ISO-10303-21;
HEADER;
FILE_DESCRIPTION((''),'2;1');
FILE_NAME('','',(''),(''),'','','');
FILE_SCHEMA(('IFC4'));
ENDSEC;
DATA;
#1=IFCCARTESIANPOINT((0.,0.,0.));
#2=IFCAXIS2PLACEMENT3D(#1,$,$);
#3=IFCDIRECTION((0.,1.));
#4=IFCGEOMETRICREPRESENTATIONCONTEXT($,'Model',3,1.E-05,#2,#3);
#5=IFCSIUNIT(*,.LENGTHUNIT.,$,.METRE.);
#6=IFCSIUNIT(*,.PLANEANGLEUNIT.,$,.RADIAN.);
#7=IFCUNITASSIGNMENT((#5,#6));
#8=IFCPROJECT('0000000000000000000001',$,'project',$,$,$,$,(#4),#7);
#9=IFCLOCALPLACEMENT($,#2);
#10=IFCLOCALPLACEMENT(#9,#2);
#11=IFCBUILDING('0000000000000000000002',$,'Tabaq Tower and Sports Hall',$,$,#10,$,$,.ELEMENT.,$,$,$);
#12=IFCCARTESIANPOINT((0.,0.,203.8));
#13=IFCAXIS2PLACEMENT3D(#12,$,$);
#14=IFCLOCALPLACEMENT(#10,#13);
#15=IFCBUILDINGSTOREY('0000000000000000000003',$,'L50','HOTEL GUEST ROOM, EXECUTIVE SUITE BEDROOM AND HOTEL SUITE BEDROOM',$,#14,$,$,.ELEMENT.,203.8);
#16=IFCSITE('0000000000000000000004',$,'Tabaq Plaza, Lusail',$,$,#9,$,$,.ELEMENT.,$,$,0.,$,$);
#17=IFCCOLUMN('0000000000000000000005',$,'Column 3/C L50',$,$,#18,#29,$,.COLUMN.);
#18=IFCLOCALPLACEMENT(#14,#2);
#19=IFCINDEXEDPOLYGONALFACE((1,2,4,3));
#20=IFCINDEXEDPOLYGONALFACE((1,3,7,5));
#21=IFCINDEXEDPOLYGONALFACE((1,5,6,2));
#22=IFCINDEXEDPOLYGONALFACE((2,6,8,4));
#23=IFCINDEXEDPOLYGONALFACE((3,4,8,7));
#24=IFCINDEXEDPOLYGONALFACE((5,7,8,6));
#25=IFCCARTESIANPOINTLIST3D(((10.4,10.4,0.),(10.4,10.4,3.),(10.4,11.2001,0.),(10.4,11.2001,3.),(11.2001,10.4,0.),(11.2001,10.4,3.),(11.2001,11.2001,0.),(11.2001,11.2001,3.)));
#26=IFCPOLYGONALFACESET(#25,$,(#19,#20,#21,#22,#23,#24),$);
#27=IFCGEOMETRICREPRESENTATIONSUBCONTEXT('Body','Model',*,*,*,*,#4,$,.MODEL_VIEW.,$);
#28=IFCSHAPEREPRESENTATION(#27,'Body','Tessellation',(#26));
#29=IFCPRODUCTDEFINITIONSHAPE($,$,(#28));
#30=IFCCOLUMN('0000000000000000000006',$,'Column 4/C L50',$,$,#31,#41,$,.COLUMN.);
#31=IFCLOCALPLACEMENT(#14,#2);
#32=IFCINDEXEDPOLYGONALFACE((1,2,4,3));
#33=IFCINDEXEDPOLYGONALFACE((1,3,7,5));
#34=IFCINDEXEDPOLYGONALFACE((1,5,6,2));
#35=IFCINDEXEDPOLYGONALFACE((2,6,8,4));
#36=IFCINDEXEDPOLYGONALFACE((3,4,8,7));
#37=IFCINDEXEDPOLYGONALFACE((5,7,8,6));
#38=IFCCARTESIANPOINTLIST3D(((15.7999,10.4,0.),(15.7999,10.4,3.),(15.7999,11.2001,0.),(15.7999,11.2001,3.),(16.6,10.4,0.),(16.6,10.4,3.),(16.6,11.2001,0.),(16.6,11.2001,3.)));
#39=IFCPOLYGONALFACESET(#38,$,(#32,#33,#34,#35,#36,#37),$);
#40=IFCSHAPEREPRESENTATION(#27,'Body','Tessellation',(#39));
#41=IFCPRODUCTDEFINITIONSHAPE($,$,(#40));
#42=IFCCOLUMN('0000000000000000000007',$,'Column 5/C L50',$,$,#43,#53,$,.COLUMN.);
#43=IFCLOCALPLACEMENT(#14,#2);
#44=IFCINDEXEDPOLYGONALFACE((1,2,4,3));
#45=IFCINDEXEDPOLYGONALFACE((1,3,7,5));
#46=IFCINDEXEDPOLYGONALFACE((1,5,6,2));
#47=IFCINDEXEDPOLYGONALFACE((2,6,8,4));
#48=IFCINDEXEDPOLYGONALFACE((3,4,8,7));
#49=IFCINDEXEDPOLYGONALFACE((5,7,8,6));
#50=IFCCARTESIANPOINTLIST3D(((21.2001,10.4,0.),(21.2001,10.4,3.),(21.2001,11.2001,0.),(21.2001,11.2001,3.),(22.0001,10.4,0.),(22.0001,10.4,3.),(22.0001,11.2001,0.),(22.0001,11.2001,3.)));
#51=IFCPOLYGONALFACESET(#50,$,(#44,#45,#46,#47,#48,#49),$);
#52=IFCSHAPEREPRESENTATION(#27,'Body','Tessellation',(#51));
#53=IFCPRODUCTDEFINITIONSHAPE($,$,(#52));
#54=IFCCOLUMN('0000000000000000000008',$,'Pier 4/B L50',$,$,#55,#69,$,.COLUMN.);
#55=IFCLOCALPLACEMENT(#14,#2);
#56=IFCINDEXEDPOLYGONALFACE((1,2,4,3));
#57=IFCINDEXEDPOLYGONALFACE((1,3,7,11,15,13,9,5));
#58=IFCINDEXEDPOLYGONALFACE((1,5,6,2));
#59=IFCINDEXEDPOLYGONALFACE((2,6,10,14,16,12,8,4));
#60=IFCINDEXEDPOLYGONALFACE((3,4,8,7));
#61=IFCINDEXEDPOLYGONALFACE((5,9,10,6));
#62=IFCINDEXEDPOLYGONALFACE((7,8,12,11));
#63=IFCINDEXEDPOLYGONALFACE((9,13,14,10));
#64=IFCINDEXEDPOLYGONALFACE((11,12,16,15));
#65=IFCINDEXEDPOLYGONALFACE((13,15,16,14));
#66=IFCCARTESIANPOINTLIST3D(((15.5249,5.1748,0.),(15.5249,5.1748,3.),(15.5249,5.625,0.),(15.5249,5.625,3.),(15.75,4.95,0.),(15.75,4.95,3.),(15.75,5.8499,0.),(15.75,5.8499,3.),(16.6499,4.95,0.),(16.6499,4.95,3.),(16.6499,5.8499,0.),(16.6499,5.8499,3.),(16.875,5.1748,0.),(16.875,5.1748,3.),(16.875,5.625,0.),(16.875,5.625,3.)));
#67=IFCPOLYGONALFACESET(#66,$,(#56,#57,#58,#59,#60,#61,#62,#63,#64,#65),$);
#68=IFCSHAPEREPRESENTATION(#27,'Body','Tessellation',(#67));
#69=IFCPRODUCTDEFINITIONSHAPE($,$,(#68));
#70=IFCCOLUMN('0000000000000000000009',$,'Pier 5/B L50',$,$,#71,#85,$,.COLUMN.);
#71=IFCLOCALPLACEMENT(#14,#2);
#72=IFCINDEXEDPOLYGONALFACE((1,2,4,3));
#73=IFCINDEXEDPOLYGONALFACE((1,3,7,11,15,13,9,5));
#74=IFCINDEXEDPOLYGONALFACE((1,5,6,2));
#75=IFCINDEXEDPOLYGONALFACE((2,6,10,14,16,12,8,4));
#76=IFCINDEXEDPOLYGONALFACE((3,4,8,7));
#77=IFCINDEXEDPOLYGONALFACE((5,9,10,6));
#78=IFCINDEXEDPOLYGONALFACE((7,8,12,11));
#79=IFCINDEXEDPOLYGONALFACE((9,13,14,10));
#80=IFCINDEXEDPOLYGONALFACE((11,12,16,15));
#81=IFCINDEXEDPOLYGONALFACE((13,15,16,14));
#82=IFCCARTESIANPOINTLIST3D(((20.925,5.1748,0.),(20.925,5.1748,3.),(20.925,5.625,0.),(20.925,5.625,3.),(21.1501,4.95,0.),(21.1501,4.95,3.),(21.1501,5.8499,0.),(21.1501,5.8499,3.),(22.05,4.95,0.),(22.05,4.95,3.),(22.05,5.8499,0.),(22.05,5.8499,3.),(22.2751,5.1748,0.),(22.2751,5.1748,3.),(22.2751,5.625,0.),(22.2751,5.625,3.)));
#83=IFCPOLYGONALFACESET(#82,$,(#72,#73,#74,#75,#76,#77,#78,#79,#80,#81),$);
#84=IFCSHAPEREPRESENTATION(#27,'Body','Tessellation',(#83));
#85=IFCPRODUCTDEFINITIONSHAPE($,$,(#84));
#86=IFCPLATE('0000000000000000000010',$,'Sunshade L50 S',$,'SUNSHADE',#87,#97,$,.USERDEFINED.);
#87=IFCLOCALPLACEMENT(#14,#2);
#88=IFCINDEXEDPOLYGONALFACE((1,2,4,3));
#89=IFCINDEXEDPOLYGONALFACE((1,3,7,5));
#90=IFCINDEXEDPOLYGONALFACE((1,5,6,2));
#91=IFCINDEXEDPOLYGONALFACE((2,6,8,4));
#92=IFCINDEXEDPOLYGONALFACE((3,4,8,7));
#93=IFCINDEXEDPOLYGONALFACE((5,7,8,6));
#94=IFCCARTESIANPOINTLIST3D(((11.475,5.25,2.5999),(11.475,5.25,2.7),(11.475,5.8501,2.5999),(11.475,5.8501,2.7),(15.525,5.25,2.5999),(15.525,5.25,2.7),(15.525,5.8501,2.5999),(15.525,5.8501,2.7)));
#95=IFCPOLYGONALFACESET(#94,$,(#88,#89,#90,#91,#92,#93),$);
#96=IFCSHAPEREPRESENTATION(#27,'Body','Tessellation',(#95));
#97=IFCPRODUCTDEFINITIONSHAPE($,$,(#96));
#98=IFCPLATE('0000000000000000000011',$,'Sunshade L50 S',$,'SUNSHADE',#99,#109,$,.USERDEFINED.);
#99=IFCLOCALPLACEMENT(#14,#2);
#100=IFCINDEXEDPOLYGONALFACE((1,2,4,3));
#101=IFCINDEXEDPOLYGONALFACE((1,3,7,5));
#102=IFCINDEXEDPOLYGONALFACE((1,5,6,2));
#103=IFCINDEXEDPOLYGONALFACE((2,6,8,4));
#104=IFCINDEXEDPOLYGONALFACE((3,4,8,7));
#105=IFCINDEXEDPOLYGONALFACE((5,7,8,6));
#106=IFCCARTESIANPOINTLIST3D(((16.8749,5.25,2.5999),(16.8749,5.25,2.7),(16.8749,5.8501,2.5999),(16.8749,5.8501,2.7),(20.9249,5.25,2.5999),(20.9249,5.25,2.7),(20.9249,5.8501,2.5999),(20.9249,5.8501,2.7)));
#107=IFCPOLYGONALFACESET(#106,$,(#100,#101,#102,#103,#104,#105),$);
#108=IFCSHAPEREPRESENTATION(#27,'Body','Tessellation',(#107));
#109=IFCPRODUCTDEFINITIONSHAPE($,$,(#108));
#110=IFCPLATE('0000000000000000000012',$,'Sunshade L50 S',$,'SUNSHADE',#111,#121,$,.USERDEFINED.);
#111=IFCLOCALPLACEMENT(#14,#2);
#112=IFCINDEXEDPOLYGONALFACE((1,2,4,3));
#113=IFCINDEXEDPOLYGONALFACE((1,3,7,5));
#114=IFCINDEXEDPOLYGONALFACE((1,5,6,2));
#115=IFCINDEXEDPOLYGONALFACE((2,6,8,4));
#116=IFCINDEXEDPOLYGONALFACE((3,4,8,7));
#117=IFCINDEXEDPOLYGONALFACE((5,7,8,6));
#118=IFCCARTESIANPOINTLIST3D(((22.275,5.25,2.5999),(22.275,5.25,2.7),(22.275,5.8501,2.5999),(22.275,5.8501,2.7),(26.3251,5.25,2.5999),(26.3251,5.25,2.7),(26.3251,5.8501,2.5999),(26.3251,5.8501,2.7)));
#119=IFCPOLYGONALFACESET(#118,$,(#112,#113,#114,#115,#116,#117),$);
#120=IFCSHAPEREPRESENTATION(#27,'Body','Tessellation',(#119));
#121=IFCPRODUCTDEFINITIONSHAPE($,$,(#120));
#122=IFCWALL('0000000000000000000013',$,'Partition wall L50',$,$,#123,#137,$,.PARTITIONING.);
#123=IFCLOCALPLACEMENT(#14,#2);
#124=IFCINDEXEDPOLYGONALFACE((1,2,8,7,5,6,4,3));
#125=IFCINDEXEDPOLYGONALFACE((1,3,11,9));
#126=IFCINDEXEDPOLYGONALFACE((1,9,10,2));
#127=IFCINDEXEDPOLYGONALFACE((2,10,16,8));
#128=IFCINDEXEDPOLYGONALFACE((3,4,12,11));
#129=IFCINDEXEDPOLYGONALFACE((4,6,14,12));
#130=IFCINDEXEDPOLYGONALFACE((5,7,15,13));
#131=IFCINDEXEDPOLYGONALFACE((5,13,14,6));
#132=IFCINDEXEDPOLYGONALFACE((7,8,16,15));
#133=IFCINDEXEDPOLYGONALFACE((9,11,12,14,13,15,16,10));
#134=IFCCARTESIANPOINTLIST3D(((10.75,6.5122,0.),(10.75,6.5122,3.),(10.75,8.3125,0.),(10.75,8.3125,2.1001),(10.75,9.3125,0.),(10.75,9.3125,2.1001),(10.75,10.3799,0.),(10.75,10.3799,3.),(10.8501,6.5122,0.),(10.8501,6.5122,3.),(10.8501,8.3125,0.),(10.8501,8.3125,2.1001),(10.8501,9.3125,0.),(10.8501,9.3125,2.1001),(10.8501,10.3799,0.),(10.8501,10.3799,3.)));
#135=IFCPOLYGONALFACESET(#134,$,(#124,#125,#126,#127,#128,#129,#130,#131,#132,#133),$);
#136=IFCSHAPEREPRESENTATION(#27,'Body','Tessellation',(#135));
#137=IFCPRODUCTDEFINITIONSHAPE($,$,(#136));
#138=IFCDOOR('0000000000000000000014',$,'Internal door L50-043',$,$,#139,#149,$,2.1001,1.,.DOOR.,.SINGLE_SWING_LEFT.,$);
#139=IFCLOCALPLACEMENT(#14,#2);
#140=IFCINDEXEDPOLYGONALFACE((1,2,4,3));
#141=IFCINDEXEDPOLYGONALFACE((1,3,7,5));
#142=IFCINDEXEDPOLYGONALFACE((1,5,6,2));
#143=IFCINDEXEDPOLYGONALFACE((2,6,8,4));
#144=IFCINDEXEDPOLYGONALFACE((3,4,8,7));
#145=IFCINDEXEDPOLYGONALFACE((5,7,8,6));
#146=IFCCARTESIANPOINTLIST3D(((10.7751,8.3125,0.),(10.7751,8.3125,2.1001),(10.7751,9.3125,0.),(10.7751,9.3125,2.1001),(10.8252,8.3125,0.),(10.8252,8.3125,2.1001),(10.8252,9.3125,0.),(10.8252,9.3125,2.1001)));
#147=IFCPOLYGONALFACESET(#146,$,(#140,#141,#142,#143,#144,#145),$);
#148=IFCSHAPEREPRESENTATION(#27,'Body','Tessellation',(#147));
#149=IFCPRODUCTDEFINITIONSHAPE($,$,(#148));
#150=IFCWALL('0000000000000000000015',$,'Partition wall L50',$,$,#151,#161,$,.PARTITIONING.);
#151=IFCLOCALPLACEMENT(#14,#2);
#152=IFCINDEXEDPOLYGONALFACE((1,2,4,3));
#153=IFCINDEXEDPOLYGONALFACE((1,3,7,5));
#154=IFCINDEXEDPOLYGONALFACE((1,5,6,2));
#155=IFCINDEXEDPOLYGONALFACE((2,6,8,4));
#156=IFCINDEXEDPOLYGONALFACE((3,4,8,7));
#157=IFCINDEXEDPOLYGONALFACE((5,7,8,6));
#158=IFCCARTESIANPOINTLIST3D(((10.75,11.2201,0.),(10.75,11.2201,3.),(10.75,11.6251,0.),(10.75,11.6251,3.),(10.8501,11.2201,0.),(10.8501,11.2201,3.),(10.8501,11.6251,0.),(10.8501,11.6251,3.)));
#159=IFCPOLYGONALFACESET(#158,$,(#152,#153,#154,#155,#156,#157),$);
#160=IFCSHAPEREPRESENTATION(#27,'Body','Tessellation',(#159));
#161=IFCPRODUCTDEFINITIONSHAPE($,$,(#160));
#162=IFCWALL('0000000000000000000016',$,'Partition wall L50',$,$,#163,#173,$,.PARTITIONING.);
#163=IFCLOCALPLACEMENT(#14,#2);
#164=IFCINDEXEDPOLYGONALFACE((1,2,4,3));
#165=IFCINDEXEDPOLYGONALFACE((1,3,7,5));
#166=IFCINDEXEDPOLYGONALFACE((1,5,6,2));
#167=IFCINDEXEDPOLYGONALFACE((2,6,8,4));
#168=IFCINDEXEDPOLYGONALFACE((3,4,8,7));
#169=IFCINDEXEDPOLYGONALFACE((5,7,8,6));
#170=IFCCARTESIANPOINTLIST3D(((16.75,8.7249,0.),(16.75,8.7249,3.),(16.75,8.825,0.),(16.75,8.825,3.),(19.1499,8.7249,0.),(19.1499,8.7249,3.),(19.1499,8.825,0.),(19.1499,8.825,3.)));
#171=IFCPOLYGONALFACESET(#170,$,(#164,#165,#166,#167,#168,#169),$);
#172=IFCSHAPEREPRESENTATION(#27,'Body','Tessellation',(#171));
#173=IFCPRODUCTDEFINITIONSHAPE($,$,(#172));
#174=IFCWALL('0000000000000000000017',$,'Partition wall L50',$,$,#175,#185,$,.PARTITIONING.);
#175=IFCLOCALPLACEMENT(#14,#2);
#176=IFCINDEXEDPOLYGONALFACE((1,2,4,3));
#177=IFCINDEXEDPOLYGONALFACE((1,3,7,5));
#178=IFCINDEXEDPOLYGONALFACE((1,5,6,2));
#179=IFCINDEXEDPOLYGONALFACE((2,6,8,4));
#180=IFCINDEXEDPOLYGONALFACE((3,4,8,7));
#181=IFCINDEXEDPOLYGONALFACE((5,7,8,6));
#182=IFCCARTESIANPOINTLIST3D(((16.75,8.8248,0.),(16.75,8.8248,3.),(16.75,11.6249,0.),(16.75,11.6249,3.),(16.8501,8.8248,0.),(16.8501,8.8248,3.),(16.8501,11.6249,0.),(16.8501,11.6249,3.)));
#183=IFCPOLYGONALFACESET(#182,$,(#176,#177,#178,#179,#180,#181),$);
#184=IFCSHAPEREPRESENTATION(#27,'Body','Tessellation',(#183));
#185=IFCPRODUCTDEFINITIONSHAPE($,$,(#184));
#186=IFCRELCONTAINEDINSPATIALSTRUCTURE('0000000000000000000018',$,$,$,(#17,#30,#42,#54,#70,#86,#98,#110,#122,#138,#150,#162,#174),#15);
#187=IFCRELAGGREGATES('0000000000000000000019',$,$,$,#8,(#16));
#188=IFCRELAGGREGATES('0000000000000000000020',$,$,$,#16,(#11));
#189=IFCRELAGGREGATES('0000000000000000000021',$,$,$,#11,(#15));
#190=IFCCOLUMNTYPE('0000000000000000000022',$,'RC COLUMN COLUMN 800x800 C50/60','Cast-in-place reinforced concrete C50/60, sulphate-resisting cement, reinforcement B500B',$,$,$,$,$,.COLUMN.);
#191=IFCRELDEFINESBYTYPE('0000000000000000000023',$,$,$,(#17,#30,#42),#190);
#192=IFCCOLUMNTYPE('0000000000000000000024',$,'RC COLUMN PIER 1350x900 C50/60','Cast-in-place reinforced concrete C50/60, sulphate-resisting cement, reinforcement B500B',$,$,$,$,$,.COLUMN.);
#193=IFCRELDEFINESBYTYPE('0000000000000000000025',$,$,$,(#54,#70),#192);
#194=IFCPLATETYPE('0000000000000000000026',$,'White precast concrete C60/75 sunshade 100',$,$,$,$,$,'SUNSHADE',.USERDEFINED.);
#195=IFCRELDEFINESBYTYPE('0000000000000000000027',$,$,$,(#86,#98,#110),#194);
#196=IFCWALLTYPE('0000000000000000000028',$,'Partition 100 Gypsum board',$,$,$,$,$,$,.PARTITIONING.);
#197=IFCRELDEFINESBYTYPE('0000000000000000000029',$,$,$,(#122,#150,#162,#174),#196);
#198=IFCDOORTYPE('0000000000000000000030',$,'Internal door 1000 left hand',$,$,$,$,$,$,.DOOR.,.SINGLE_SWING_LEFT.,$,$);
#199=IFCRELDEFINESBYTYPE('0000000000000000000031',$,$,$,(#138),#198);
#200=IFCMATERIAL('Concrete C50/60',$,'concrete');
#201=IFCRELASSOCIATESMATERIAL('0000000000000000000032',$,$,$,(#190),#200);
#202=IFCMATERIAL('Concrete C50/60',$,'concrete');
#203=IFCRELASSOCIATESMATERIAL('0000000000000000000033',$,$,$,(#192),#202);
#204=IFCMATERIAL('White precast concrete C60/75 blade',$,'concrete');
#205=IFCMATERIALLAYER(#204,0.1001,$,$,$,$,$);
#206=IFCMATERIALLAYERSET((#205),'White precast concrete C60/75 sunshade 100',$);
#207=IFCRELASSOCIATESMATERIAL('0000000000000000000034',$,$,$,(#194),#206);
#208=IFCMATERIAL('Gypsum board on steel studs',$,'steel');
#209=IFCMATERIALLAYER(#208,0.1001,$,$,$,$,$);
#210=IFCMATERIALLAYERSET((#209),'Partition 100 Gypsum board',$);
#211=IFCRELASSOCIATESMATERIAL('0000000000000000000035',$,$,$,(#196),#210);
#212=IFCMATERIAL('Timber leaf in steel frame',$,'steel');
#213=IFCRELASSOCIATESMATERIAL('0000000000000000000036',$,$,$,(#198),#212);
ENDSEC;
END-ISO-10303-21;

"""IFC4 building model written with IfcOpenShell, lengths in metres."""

from ifc_helpers import new_model, si_unit, direction, frame, frame_2d, origin, origin_2d, place, context, subcontext, project, spatial, polyline, rectangle, outline, extrude, material, layer, layer_set, material_profile, profile_set, type_object, element, fill, save


model = new_model("IFC4")

# Units and contexts
model_context = context("Model", 3, precision=1e-05, world=origin(), true_north=direction((0.0, 1.0)))
body_context = subcontext(model_context, "Body", "Model", "MODEL_VIEW")
ifc_project = project(units=[si_unit("LENGTHUNIT", "METRE"), si_unit("PLANEANGLEUNIT", "RADIAN")], contexts=[model_context])

# Site, building, storey
site_placement = place(None, origin())
site = spatial("IfcSite", under=ifc_project, at=site_placement, Name="Tabaq Plaza, Lusail", CompositionType="ELEMENT", RefElevation=0.0)
building_placement = place(site_placement, origin())
building = spatial("IfcBuilding", under=site, at=building_placement, Name="Tabaq Tower and Sports Hall", CompositionType="ELEMENT")
storey_placement = place(building_placement, frame((0.0, 0.0, 203.8)))
storey = spatial("IfcBuildingStorey", under=building, at=storey_placement, Name="L50", Description="HOTEL GUEST ROOM, EXECUTIVE SUITE BEDROOM AND HOTEL SUITE BEDROOM", CompositionType="ELEMENT", Elevation=203.8)

# Columns
ifc_material_1 = material(Name="Concrete C50/60", Category="concrete")
ifc_material_profile_1 = material_profile(ifc_material_1, rectangle(XDim=0.8, YDim=0.8, at=origin_2d()), Name="COLUMN 800x800")
ifc_profile_set_1 = profile_set([ifc_material_profile_1], Name="Concrete C50/60")
column_type_1 = type_object("IfcColumnType", Name="RC COLUMN COLUMN 800x800 C50/60", Description="Cast-in-place reinforced concrete C50/60, sulphate-resisting cement, reinforcement B500B", PredefinedType="COLUMN", material=ifc_profile_set_1)
for number, where, z_axis, x_axis, name in (
    (1, (10.8, 10.8, 0.0), (0.0, 0.0, 1.0), (1.0, 0.0, 0.0), "Column 3/C L50"),
    (2, (16.2, 10.8, 0.0), (0.0, 0.0, 1.0), (1.0, 0.0, 0.0), "Column 4/C L50"),
    (3, (21.6001, 10.8, 0.0), (0.0, 0.0, 1.0), (1.0, 0.0, 0.0), "Column 5/C L50"),
):
    element("IfcColumn", number, at=place(storey_placement, frame(where, z_axis=z_axis, x_axis=x_axis)), inside=storey, type_object=column_type_1, Name=name, PredefinedType="COLUMN", context=body_context, shape_type="SweptSolid", body=[
        extrude(rectangle(XDim=0.8, YDim=0.8, at=origin_2d()), origin(), (0.0, 0.0, 1.0), 3.0),
    ])
ifc_material_2 = material(Name="Concrete C50/60", Category="concrete")
ifc_material_profile_2 = material_profile(ifc_material_2, outline(polyline([(-0.45, -0.45), (0.45, -0.45), (0.675, -0.2251), (0.675, 0.2251), (0.45, 0.45), (-0.45, 0.45), (-0.675, 0.2251), (-0.675, -0.2251), (-0.45, -0.45)])), Name="PIER 1350x900")
ifc_profile_set_2 = profile_set([ifc_material_profile_2], Name="Concrete C50/60")
column_type_2 = type_object("IfcColumnType", Name="RC COLUMN PIER 1350x900 C50/60", Description="Cast-in-place reinforced concrete C50/60, sulphate-resisting cement, reinforcement B500B", PredefinedType="COLUMN", material=ifc_profile_set_2)
for number, where, z_axis, x_axis, name in (
    (4, (16.2, 5.3999, 0.0), (0.0, 0.0, 1.0), (1.0, 0.0, 0.0), "Pier 4/B L50"),
    (5, (21.6001, 5.3999, 0.0), (0.0, 0.0, 1.0), (1.0, 0.0, 0.0), "Pier 5/B L50"),
):
    element("IfcColumn", number, at=place(storey_placement, frame(where, z_axis=z_axis, x_axis=x_axis)), inside=storey, type_object=column_type_2, Name=name, PredefinedType="COLUMN", context=body_context, shape_type="SweptSolid", body=[
        extrude(outline(polyline([(-0.45, -0.45), (0.45, -0.45), (0.675, -0.2251), (0.675, 0.2251), (0.45, 0.45), (-0.45, 0.45), (-0.675, 0.2251), (-0.675, -0.2251), (-0.45, -0.45)])), origin(), (0.0, 0.0, 1.0), 3.0),
    ])

# Plates
ifc_material_3 = material(Name="White precast concrete C60/75 blade", Category="concrete")
ifc_layer_1 = layer(ifc_material_3, 0.1001)
ifc_layer_set_1 = layer_set([ifc_layer_1], Name="White precast concrete C60/75 sunshade 100")
plate_type = type_object("IfcPlateType", Name="White precast concrete C60/75 sunshade 100", ElementType="SUNSHADE", PredefinedType="USERDEFINED", material=ifc_layer_set_1)
for number, where, z_axis, x_axis, name in (
    (6, (13.5, 5.55, 2.5999), (0.0, 0.0, 1.0), (1.0, 0.0, 0.0), "Sunshade L50 S"),
    (7, (18.8999, 5.55, 2.5999), (0.0, 0.0, 1.0), (1.0, 0.0, 0.0), "Sunshade L50 S"),
    (8, (24.3, 5.55, 2.5999), (0.0, 0.0, 1.0), (1.0, 0.0, 0.0), "Sunshade L50 S"),
):
    element("IfcPlate", number, at=place(storey_placement, frame(where, z_axis=z_axis, x_axis=x_axis)), inside=storey, type_object=plate_type, Name=name, ObjectType="SUNSHADE", PredefinedType="USERDEFINED", context=body_context, shape_type="SweptSolid", body=[
        extrude(rectangle(XDim=4.05, YDim=0.6001, at=origin_2d()), origin(), (0.0, 0.0, 1.0), 0.1001),
    ])

# Wall, opening, door
ifc_material_4 = material(Name="Gypsum board on steel studs", Category="steel")
ifc_layer_2 = layer(ifc_material_4, 0.1001)
ifc_layer_set_2 = layer_set([ifc_layer_2], Name="Partition 100 Gypsum board")
wall_type_1 = type_object("IfcWallType", Name="Partition 100 Gypsum board", PredefinedType="PARTITIONING", material=ifc_layer_set_2)
wall_1_placement = place(storey_placement, frame((10.8, 6.5122, 0.0), z_axis=(0.0, 0.0, 1.0), x_axis=(0.0, 1.0, 0.0)))
wall_1 = element("IfcWall", 9, at=wall_1_placement, inside=storey, type_object=wall_type_1, Name="Partition wall L50", PredefinedType="PARTITIONING", context=body_context, shape_type="SweptSolid", body=[
    extrude(rectangle(XDim=3.8677, YDim=0.1001, at=frame_2d((1.9338, 0.0))), origin(), (0.0, 0.0, 1.0), 3.0),
])
opening_1_placement = place(wall_1_placement, frame((1.8003, 0.0, 0.0)))
opening_1 = element("IfcOpeningElement", 10, at=opening_1_placement, cuts=wall_1, PredefinedType="OPENING", context=body_context, shape_type="SweptSolid", body=[
    extrude(rectangle(XDim=1.0, YDim=2.1001, at=frame_2d((0.5, 1.05))), frame((0.0, 0.05, 0.0), z_axis=(0.0, -1.0, 0.0), x_axis=(1.0, 0.0, 0.0)), (0.0, 0.0, 1.0), 0.1001),
])
ifc_material_5 = material(Name="Timber leaf in steel frame", Category="steel")
door_type = type_object("IfcDoorType", Name="Internal door 1000 left hand", OperationType="SINGLE_SWING_LEFT", PredefinedType="DOOR", material=ifc_material_5)
door_1_placement = place(opening_1_placement, origin())
door_1 = element("IfcDoor", 11, at=door_1_placement, inside=storey, type_object=door_type, Name="Internal door L50-043", OperationType="SINGLE_SWING_LEFT", OverallHeight=2.1001, OverallWidth=1.0, PredefinedType="DOOR", context=body_context, shape_type="SweptSolid", body=[
    extrude(rectangle(XDim=1.0, YDim=2.1001, at=frame_2d((0.5, 1.05))), frame((0.0, 0.0249, 0.0), z_axis=(0.0, -1.0, 0.0), x_axis=(1.0, 0.0, 0.0)), (0.0, 0.0, 1.0), 0.05),
])
fill(opening_1, door_1)

# Walls
wall_2_placement = place(storey_placement, frame((10.8, 11.22, 0.0), z_axis=(0.0, 0.0, 1.0), x_axis=(0.0, 1.0, 0.0)))
element("IfcWall", 12, at=wall_2_placement, inside=storey, type_object=wall_type_1, Name="Partition wall L50", PredefinedType="PARTITIONING", context=body_context, shape_type="SweptSolid", body=[
    extrude(rectangle(XDim=0.405, YDim=0.1001, at=frame_2d((0.2026, 0.0))), origin(), (0.0, 0.0, 1.0), 3.0),
])
wall_3_placement = place(storey_placement, frame((19.1499, 8.7749, 0.0), z_axis=(0.0, 0.0, 1.0), x_axis=(-1.0, 0.0, 0.0)))
element("IfcWall", 13, at=wall_3_placement, inside=storey, type_object=wall_type_1, Name="Partition wall L50", PredefinedType="PARTITIONING", context=body_context, shape_type="SweptSolid", body=[
    extrude(rectangle(XDim=2.3999, YDim=0.1001, at=frame_2d((1.2, 0.0))), origin(), (0.0, 0.0, 1.0), 3.0),
])
wall_4_placement = place(storey_placement, frame((16.8, 8.825, 0.0), z_axis=(0.0, 0.0, 1.0), x_axis=(0.0, 1.0, 0.0)))
element("IfcWall", 14, at=wall_4_placement, inside=storey, type_object=wall_type_1, Name="Partition wall L50", PredefinedType="PARTITIONING", context=body_context, shape_type="SweptSolid", body=[
    extrude(rectangle(XDim=2.8, YDim=0.1001, at=frame_2d((1.3999, 0.0))), origin(), (0.0, 0.0, 1.0), 3.0),
])

save(model, "model.ifc")
